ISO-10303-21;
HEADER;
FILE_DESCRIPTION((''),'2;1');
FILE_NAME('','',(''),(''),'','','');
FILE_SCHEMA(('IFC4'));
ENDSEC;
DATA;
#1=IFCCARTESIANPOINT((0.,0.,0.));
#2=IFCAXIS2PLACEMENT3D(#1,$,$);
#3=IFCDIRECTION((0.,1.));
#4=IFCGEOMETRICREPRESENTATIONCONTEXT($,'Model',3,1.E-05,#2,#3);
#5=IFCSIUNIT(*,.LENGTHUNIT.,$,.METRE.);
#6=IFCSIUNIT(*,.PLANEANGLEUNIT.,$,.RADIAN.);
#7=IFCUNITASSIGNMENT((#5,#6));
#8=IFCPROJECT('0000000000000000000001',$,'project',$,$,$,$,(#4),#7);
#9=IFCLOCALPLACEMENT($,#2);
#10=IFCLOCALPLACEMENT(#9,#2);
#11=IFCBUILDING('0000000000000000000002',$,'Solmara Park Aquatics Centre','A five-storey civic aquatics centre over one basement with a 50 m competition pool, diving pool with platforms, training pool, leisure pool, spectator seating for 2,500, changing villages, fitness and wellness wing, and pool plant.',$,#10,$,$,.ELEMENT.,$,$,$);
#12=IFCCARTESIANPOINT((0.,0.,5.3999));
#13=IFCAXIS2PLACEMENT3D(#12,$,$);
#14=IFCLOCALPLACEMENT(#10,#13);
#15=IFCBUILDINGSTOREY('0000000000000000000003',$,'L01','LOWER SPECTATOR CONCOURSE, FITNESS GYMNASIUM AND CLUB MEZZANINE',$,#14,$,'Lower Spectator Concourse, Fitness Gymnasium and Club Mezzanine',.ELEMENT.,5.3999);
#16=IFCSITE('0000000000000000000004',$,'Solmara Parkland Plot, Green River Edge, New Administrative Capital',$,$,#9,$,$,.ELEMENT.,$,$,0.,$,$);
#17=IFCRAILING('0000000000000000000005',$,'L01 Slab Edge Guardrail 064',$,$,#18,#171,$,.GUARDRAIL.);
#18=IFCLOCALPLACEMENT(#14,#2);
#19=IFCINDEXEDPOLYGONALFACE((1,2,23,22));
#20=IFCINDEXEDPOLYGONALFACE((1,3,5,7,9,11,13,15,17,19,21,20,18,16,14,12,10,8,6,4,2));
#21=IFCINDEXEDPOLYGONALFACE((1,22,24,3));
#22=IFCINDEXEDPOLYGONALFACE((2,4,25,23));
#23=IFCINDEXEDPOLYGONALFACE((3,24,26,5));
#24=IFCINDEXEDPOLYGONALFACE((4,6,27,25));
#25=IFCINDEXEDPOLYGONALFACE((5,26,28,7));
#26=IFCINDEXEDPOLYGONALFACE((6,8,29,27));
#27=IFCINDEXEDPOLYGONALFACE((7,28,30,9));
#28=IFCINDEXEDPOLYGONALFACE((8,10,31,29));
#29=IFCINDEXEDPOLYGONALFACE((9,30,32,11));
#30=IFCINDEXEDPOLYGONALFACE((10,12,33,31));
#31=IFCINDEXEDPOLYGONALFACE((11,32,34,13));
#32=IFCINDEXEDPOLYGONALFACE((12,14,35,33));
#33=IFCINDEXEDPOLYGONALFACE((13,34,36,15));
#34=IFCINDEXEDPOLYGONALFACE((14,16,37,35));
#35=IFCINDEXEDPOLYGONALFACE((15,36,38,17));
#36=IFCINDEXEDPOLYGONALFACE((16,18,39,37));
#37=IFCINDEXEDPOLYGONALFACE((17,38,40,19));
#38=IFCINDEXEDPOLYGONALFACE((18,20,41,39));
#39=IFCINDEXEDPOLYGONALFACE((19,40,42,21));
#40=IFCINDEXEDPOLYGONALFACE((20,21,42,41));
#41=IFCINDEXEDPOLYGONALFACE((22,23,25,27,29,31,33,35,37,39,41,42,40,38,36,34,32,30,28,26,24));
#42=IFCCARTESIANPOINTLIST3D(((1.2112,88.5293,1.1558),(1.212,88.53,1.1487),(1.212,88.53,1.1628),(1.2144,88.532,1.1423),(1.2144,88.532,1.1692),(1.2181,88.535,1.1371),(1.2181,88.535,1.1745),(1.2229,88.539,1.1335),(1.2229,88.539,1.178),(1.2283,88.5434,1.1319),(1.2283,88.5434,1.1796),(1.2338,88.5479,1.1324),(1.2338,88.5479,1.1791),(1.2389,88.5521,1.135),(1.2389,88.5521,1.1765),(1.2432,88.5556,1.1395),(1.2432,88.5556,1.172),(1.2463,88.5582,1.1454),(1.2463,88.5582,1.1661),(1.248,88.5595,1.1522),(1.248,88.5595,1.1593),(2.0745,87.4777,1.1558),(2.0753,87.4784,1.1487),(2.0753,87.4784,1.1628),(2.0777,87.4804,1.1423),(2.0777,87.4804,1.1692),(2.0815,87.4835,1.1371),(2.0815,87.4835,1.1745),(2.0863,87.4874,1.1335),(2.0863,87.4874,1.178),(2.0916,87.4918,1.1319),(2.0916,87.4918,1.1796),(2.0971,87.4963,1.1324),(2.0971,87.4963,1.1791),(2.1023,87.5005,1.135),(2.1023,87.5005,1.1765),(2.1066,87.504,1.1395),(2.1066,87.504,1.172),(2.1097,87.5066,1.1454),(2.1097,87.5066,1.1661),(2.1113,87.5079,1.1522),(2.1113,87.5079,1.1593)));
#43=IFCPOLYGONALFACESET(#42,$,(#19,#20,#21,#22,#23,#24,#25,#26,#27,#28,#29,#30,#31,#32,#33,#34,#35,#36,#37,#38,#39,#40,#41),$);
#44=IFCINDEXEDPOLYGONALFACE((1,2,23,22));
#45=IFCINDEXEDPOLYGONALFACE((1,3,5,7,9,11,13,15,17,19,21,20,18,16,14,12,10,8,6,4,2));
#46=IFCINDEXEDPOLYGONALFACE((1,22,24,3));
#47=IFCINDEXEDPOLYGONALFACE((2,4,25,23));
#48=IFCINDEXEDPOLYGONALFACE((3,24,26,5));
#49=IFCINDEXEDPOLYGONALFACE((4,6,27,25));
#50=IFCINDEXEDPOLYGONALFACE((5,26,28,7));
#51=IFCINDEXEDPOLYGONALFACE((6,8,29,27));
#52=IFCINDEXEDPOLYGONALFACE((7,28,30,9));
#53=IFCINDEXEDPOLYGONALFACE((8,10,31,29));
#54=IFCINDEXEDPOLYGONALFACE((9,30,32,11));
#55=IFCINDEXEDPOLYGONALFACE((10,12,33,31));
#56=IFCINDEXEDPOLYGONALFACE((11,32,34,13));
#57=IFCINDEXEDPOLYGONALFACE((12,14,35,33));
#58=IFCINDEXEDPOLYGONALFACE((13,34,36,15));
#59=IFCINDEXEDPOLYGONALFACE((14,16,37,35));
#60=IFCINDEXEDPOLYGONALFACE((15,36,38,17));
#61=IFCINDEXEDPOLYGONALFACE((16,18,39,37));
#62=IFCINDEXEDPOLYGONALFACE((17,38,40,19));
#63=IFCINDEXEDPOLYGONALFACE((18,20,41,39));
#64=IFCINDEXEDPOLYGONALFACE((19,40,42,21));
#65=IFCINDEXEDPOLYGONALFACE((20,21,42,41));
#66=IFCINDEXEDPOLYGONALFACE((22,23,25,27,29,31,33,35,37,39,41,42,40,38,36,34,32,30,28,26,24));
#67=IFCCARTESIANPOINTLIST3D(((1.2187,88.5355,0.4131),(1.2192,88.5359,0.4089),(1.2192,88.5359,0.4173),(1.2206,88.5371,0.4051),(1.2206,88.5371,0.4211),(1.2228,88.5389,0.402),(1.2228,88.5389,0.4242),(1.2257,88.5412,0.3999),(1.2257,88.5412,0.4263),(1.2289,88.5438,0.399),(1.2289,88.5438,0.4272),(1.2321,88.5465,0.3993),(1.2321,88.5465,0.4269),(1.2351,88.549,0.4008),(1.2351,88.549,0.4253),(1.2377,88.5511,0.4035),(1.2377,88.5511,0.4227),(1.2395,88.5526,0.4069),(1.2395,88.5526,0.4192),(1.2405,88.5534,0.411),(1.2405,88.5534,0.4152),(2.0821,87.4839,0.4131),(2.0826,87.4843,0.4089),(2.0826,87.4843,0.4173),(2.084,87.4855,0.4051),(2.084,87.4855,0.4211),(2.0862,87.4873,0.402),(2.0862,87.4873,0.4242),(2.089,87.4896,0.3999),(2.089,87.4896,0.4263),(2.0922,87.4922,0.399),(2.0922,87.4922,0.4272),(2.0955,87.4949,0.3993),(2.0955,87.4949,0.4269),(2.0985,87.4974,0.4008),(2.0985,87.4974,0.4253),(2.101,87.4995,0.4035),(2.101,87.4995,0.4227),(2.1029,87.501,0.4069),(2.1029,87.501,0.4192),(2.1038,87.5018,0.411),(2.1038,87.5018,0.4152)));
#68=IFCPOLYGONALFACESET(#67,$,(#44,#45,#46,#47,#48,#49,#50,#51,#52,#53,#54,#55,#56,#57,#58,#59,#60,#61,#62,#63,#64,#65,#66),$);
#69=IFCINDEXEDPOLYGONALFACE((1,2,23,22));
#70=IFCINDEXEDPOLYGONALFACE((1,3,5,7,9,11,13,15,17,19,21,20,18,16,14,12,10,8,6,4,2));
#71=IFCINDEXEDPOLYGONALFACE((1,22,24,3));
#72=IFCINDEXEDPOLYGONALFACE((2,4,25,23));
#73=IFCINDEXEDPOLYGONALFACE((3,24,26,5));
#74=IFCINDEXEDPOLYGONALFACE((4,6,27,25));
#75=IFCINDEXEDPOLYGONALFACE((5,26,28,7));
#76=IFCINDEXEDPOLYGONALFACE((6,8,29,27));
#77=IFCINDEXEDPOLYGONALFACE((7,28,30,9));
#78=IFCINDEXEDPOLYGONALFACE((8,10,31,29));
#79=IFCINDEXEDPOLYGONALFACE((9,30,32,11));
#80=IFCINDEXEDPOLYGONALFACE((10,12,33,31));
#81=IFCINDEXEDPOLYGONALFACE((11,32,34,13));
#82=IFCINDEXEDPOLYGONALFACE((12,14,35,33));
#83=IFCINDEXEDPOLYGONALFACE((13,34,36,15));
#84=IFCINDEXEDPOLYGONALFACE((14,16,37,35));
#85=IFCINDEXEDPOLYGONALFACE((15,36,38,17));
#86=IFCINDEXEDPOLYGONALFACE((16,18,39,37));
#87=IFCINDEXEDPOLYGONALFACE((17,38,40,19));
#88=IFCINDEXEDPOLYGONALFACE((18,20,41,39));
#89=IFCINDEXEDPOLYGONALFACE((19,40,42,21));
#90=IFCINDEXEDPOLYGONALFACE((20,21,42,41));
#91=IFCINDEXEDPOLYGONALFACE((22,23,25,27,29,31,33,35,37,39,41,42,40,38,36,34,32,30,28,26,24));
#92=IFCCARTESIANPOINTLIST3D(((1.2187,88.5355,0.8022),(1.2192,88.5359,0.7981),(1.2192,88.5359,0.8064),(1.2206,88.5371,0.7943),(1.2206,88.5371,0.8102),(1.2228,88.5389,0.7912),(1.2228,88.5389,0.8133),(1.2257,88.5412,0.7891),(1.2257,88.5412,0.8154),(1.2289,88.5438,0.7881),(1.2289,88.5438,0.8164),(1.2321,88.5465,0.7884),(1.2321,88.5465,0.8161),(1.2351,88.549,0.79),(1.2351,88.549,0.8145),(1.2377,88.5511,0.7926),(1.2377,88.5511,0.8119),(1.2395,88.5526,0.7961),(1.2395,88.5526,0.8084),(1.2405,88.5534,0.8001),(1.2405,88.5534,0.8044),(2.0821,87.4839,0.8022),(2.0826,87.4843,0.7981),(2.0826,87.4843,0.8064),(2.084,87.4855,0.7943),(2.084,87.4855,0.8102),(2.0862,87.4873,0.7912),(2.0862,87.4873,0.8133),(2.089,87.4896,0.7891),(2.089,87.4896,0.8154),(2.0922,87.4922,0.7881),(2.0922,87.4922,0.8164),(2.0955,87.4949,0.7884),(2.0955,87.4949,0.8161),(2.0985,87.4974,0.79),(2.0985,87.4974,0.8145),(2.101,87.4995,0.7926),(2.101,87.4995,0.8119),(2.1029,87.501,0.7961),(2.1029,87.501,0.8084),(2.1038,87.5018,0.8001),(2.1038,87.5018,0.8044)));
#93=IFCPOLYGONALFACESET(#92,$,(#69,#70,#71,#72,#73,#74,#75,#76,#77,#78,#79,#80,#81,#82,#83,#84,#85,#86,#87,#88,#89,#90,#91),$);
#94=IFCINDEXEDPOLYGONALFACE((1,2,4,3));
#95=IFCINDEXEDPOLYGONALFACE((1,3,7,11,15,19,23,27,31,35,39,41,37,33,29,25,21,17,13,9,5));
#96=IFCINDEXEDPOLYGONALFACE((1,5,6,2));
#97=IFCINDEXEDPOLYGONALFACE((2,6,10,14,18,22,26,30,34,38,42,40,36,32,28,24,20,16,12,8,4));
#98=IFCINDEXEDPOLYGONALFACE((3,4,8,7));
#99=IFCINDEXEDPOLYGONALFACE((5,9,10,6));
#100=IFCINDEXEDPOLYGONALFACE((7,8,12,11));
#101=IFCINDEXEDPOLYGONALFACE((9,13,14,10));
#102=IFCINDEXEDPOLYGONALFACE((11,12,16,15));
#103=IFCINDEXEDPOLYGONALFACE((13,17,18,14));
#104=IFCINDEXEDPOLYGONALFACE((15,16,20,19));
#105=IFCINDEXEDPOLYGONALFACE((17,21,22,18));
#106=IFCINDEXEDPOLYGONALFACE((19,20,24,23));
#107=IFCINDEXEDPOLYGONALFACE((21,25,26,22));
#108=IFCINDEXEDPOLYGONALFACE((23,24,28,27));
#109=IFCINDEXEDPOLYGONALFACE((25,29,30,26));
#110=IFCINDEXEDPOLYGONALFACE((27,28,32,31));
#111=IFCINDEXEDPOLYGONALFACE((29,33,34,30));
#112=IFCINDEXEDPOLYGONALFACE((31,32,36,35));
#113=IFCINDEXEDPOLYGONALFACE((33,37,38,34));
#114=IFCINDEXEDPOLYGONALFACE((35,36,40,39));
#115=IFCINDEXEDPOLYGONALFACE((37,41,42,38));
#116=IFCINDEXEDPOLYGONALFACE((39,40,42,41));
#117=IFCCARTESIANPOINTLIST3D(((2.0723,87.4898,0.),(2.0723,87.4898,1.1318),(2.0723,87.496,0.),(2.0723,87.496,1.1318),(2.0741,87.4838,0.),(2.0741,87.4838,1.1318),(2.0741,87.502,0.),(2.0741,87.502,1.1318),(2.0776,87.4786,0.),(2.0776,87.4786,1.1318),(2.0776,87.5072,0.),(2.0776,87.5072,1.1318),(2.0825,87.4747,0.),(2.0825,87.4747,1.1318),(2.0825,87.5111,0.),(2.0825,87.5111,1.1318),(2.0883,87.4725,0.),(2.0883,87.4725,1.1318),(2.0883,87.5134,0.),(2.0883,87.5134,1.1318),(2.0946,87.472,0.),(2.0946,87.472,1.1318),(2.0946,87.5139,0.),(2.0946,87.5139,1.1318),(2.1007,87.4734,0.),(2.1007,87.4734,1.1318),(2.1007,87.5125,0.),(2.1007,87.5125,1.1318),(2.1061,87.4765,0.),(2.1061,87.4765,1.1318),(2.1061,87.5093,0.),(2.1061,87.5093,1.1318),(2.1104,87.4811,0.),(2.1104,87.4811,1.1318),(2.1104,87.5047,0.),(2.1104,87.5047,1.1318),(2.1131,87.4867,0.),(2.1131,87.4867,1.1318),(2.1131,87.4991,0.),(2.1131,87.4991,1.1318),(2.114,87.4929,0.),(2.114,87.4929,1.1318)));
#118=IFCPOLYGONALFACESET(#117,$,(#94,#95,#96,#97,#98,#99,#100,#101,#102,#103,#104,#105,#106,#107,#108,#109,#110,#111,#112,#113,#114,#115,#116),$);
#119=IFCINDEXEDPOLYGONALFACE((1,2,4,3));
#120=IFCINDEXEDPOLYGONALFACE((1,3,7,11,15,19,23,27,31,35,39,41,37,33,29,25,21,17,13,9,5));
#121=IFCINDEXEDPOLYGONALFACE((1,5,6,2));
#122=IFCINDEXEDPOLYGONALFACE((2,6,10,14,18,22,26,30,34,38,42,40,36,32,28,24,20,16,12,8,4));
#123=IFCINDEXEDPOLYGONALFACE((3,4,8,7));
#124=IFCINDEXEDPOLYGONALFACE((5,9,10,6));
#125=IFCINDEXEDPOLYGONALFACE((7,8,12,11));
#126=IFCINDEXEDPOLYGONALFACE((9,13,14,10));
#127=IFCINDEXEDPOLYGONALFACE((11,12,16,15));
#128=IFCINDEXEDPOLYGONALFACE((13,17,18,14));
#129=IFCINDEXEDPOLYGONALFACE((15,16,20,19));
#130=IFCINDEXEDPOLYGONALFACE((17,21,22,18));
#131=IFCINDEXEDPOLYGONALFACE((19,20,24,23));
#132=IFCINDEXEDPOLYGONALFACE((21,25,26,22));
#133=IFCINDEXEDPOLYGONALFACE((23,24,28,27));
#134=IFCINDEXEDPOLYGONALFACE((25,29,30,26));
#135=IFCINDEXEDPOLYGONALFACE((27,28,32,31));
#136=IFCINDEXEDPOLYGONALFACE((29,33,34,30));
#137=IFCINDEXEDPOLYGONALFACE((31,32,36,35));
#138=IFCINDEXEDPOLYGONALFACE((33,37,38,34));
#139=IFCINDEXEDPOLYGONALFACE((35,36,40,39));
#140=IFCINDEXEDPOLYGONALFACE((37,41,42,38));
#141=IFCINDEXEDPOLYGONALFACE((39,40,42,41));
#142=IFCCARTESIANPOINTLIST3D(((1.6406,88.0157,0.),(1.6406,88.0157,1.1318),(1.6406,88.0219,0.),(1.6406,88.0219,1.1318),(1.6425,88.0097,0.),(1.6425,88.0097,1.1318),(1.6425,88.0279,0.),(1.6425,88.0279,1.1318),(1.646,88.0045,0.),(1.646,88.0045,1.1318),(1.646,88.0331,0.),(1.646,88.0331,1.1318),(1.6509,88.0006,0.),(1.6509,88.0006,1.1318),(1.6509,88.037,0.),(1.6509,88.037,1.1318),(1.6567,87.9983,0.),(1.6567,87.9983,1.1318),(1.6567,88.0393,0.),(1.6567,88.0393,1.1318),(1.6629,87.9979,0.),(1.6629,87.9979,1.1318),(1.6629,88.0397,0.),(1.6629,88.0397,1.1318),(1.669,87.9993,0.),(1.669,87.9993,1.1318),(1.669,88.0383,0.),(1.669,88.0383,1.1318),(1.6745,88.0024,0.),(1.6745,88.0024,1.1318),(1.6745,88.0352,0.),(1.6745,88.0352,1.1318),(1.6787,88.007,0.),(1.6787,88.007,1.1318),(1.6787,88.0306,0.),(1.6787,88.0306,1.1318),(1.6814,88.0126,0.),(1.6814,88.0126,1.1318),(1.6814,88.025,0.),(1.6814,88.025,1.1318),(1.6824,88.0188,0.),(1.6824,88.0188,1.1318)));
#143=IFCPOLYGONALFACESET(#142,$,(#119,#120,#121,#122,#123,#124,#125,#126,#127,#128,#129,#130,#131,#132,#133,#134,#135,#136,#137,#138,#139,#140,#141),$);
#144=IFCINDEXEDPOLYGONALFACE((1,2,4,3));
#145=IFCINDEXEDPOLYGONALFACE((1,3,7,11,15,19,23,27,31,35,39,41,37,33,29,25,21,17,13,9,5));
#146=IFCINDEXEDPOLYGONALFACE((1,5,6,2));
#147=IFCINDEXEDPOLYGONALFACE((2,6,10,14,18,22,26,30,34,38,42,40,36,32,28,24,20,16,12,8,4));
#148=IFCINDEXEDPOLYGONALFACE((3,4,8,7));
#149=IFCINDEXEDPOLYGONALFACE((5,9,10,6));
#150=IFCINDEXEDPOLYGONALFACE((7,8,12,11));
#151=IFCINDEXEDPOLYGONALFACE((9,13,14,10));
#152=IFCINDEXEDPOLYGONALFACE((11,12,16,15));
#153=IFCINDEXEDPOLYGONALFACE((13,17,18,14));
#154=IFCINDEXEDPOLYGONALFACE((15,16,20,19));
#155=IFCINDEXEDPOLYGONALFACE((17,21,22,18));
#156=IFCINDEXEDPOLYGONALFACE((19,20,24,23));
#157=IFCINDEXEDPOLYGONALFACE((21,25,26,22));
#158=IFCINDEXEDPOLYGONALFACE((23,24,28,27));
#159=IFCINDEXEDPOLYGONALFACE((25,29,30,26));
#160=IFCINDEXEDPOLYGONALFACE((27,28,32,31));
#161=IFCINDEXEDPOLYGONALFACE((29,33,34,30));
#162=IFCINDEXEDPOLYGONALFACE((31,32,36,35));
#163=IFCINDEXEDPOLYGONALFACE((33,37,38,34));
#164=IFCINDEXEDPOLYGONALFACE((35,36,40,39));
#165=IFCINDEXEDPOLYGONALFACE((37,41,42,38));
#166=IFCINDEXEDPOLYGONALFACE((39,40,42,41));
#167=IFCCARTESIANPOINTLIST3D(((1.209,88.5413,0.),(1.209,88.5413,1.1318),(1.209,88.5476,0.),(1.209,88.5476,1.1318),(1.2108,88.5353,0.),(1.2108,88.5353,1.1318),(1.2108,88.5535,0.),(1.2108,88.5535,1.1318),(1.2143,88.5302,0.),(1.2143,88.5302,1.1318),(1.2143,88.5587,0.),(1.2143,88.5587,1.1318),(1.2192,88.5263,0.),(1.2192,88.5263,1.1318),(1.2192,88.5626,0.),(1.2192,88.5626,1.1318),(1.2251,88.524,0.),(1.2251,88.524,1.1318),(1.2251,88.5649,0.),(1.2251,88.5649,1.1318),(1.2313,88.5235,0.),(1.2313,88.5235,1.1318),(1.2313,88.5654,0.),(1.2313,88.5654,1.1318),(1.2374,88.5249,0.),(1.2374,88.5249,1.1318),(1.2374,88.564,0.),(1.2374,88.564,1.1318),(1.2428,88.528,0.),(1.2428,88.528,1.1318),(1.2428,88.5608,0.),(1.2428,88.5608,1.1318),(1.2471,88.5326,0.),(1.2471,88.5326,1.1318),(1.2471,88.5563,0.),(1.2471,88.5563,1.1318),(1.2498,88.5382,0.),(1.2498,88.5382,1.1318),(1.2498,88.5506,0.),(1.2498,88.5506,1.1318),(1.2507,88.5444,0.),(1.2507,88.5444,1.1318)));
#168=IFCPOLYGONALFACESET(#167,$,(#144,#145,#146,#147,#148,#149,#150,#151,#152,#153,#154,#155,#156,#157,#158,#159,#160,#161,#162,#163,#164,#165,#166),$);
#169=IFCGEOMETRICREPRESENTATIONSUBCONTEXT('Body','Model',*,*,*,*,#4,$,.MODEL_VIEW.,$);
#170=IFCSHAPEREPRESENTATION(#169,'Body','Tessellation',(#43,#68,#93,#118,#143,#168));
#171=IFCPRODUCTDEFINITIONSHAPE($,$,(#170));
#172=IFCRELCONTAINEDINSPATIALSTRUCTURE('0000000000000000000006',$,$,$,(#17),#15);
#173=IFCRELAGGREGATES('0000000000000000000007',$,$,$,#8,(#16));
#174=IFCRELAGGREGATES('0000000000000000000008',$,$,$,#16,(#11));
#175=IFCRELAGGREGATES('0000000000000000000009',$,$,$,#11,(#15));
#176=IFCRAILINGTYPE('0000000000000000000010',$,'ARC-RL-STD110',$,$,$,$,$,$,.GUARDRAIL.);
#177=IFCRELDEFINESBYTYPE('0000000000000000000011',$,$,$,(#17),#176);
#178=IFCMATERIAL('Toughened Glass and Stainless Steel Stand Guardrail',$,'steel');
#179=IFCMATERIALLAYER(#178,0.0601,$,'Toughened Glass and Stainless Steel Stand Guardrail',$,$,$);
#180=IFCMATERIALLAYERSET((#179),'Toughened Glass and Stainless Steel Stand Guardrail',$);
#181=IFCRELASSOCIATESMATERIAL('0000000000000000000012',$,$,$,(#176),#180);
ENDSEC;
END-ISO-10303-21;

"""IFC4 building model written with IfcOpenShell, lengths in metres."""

from ifc_helpers import new_model, si_unit, direction, frame, origin, origin_2d, place, context, subcontext, project, spatial, circle, extrude, material, layer, layer_set, type_object, element, save


model = new_model("IFC4")

# Units and contexts
model_context = context("Model", 3, precision=1e-05, world=origin(), true_north=direction((0.0, 1.0)))
body_context = subcontext(model_context, "Body", "Model", "MODEL_VIEW")
ifc_project = project(units=[si_unit("LENGTHUNIT", "METRE"), si_unit("PLANEANGLEUNIT", "RADIAN")], contexts=[model_context])

# Site, building, storey
site_placement = place(None, origin())
site = spatial("IfcSite", under=ifc_project, at=site_placement, Name="Solmara Parkland Plot, Green River Edge, New Administrative Capital", CompositionType="ELEMENT", RefElevation=0.0)
building_placement = place(site_placement, origin())
building = spatial("IfcBuilding", under=site, at=building_placement, Name="Solmara Park Aquatics Centre", Description="A five-storey civic aquatics centre over one basement with a 50 m competition pool, diving pool with platforms, training pool, leisure pool, spectator seating for 2,500, changing villages, fitness and wellness wing, and pool plant.", CompositionType="ELEMENT")
storey_placement = place(building_placement, frame((0.0, 0.0, 5.3999)))
storey = spatial("IfcBuildingStorey", under=building, at=storey_placement, Name="L01", Description="LOWER SPECTATOR CONCOURSE, FITNESS GYMNASIUM AND CLUB MEZZANINE", LongName="Lower Spectator Concourse, Fitness Gymnasium and Club Mezzanine", CompositionType="ELEMENT", Elevation=5.3999)

# Railing
ifc_material_1 = material(Name="Toughened Glass and Stainless Steel Stand Guardrail", Category="steel")
ifc_layer_1 = layer(ifc_material_1, 0.0601, Name="Toughened Glass and Stainless Steel Stand Guardrail")
ifc_layer_set_1 = layer_set([ifc_layer_1], Name="Toughened Glass and Stainless Steel Stand Guardrail")
railing_type = type_object("IfcRailingType", Name="ARC-RL-STD110", PredefinedType="GUARDRAIL", material=ifc_layer_set_1)
railing_1_placement = place(storey_placement, frame((2.093, 87.4929, 0.0)))
element("IfcRailing", 1, at=railing_1_placement, inside=storey, type_object=railing_type, Name="L01 Slab Edge Guardrail 064", PredefinedType="GUARDRAIL", context=body_context, shape_type="SweptSolid", body=[
    extrude(circle(Radius=0.0239, at=origin_2d()), frame((0.0, 0.0, 1.1558), z_axis=(-0.634537, 0.772893, 0.0), x_axis=(-0.772893, -0.634537, 0.0)), (0.0, 0.0, 1.0), 1.3606),
    extrude(circle(Radius=0.0142, at=origin_2d()), frame((0.0, 0.0, 0.4131), z_axis=(-0.634537, 0.772893, 0.0), x_axis=(-0.772893, -0.634537, 0.0)), (0.0, 0.0, 1.0), 1.3606),
    extrude(circle(Radius=0.0142, at=origin_2d()), frame((0.0, 0.0, 0.8022), z_axis=(-0.634537, 0.772893, 0.0), x_axis=(-0.772893, -0.634537, 0.0)), (0.0, 0.0, 1.0), 1.3606),
    extrude(circle(Radius=0.021, at=origin_2d()), origin(), (0.0, 0.0, 1.0), 1.1318),
    extrude(circle(Radius=0.021, at=origin_2d()), frame((-0.4316, 0.5259, 0.0)), (0.0, 0.0, 1.0), 1.1318),
    extrude(circle(Radius=0.021, at=origin_2d()), frame((-0.8633, 1.0515, 0.0)), (0.0, 0.0, 1.0), 1.1318),
])

save(model, "model.ifc")
